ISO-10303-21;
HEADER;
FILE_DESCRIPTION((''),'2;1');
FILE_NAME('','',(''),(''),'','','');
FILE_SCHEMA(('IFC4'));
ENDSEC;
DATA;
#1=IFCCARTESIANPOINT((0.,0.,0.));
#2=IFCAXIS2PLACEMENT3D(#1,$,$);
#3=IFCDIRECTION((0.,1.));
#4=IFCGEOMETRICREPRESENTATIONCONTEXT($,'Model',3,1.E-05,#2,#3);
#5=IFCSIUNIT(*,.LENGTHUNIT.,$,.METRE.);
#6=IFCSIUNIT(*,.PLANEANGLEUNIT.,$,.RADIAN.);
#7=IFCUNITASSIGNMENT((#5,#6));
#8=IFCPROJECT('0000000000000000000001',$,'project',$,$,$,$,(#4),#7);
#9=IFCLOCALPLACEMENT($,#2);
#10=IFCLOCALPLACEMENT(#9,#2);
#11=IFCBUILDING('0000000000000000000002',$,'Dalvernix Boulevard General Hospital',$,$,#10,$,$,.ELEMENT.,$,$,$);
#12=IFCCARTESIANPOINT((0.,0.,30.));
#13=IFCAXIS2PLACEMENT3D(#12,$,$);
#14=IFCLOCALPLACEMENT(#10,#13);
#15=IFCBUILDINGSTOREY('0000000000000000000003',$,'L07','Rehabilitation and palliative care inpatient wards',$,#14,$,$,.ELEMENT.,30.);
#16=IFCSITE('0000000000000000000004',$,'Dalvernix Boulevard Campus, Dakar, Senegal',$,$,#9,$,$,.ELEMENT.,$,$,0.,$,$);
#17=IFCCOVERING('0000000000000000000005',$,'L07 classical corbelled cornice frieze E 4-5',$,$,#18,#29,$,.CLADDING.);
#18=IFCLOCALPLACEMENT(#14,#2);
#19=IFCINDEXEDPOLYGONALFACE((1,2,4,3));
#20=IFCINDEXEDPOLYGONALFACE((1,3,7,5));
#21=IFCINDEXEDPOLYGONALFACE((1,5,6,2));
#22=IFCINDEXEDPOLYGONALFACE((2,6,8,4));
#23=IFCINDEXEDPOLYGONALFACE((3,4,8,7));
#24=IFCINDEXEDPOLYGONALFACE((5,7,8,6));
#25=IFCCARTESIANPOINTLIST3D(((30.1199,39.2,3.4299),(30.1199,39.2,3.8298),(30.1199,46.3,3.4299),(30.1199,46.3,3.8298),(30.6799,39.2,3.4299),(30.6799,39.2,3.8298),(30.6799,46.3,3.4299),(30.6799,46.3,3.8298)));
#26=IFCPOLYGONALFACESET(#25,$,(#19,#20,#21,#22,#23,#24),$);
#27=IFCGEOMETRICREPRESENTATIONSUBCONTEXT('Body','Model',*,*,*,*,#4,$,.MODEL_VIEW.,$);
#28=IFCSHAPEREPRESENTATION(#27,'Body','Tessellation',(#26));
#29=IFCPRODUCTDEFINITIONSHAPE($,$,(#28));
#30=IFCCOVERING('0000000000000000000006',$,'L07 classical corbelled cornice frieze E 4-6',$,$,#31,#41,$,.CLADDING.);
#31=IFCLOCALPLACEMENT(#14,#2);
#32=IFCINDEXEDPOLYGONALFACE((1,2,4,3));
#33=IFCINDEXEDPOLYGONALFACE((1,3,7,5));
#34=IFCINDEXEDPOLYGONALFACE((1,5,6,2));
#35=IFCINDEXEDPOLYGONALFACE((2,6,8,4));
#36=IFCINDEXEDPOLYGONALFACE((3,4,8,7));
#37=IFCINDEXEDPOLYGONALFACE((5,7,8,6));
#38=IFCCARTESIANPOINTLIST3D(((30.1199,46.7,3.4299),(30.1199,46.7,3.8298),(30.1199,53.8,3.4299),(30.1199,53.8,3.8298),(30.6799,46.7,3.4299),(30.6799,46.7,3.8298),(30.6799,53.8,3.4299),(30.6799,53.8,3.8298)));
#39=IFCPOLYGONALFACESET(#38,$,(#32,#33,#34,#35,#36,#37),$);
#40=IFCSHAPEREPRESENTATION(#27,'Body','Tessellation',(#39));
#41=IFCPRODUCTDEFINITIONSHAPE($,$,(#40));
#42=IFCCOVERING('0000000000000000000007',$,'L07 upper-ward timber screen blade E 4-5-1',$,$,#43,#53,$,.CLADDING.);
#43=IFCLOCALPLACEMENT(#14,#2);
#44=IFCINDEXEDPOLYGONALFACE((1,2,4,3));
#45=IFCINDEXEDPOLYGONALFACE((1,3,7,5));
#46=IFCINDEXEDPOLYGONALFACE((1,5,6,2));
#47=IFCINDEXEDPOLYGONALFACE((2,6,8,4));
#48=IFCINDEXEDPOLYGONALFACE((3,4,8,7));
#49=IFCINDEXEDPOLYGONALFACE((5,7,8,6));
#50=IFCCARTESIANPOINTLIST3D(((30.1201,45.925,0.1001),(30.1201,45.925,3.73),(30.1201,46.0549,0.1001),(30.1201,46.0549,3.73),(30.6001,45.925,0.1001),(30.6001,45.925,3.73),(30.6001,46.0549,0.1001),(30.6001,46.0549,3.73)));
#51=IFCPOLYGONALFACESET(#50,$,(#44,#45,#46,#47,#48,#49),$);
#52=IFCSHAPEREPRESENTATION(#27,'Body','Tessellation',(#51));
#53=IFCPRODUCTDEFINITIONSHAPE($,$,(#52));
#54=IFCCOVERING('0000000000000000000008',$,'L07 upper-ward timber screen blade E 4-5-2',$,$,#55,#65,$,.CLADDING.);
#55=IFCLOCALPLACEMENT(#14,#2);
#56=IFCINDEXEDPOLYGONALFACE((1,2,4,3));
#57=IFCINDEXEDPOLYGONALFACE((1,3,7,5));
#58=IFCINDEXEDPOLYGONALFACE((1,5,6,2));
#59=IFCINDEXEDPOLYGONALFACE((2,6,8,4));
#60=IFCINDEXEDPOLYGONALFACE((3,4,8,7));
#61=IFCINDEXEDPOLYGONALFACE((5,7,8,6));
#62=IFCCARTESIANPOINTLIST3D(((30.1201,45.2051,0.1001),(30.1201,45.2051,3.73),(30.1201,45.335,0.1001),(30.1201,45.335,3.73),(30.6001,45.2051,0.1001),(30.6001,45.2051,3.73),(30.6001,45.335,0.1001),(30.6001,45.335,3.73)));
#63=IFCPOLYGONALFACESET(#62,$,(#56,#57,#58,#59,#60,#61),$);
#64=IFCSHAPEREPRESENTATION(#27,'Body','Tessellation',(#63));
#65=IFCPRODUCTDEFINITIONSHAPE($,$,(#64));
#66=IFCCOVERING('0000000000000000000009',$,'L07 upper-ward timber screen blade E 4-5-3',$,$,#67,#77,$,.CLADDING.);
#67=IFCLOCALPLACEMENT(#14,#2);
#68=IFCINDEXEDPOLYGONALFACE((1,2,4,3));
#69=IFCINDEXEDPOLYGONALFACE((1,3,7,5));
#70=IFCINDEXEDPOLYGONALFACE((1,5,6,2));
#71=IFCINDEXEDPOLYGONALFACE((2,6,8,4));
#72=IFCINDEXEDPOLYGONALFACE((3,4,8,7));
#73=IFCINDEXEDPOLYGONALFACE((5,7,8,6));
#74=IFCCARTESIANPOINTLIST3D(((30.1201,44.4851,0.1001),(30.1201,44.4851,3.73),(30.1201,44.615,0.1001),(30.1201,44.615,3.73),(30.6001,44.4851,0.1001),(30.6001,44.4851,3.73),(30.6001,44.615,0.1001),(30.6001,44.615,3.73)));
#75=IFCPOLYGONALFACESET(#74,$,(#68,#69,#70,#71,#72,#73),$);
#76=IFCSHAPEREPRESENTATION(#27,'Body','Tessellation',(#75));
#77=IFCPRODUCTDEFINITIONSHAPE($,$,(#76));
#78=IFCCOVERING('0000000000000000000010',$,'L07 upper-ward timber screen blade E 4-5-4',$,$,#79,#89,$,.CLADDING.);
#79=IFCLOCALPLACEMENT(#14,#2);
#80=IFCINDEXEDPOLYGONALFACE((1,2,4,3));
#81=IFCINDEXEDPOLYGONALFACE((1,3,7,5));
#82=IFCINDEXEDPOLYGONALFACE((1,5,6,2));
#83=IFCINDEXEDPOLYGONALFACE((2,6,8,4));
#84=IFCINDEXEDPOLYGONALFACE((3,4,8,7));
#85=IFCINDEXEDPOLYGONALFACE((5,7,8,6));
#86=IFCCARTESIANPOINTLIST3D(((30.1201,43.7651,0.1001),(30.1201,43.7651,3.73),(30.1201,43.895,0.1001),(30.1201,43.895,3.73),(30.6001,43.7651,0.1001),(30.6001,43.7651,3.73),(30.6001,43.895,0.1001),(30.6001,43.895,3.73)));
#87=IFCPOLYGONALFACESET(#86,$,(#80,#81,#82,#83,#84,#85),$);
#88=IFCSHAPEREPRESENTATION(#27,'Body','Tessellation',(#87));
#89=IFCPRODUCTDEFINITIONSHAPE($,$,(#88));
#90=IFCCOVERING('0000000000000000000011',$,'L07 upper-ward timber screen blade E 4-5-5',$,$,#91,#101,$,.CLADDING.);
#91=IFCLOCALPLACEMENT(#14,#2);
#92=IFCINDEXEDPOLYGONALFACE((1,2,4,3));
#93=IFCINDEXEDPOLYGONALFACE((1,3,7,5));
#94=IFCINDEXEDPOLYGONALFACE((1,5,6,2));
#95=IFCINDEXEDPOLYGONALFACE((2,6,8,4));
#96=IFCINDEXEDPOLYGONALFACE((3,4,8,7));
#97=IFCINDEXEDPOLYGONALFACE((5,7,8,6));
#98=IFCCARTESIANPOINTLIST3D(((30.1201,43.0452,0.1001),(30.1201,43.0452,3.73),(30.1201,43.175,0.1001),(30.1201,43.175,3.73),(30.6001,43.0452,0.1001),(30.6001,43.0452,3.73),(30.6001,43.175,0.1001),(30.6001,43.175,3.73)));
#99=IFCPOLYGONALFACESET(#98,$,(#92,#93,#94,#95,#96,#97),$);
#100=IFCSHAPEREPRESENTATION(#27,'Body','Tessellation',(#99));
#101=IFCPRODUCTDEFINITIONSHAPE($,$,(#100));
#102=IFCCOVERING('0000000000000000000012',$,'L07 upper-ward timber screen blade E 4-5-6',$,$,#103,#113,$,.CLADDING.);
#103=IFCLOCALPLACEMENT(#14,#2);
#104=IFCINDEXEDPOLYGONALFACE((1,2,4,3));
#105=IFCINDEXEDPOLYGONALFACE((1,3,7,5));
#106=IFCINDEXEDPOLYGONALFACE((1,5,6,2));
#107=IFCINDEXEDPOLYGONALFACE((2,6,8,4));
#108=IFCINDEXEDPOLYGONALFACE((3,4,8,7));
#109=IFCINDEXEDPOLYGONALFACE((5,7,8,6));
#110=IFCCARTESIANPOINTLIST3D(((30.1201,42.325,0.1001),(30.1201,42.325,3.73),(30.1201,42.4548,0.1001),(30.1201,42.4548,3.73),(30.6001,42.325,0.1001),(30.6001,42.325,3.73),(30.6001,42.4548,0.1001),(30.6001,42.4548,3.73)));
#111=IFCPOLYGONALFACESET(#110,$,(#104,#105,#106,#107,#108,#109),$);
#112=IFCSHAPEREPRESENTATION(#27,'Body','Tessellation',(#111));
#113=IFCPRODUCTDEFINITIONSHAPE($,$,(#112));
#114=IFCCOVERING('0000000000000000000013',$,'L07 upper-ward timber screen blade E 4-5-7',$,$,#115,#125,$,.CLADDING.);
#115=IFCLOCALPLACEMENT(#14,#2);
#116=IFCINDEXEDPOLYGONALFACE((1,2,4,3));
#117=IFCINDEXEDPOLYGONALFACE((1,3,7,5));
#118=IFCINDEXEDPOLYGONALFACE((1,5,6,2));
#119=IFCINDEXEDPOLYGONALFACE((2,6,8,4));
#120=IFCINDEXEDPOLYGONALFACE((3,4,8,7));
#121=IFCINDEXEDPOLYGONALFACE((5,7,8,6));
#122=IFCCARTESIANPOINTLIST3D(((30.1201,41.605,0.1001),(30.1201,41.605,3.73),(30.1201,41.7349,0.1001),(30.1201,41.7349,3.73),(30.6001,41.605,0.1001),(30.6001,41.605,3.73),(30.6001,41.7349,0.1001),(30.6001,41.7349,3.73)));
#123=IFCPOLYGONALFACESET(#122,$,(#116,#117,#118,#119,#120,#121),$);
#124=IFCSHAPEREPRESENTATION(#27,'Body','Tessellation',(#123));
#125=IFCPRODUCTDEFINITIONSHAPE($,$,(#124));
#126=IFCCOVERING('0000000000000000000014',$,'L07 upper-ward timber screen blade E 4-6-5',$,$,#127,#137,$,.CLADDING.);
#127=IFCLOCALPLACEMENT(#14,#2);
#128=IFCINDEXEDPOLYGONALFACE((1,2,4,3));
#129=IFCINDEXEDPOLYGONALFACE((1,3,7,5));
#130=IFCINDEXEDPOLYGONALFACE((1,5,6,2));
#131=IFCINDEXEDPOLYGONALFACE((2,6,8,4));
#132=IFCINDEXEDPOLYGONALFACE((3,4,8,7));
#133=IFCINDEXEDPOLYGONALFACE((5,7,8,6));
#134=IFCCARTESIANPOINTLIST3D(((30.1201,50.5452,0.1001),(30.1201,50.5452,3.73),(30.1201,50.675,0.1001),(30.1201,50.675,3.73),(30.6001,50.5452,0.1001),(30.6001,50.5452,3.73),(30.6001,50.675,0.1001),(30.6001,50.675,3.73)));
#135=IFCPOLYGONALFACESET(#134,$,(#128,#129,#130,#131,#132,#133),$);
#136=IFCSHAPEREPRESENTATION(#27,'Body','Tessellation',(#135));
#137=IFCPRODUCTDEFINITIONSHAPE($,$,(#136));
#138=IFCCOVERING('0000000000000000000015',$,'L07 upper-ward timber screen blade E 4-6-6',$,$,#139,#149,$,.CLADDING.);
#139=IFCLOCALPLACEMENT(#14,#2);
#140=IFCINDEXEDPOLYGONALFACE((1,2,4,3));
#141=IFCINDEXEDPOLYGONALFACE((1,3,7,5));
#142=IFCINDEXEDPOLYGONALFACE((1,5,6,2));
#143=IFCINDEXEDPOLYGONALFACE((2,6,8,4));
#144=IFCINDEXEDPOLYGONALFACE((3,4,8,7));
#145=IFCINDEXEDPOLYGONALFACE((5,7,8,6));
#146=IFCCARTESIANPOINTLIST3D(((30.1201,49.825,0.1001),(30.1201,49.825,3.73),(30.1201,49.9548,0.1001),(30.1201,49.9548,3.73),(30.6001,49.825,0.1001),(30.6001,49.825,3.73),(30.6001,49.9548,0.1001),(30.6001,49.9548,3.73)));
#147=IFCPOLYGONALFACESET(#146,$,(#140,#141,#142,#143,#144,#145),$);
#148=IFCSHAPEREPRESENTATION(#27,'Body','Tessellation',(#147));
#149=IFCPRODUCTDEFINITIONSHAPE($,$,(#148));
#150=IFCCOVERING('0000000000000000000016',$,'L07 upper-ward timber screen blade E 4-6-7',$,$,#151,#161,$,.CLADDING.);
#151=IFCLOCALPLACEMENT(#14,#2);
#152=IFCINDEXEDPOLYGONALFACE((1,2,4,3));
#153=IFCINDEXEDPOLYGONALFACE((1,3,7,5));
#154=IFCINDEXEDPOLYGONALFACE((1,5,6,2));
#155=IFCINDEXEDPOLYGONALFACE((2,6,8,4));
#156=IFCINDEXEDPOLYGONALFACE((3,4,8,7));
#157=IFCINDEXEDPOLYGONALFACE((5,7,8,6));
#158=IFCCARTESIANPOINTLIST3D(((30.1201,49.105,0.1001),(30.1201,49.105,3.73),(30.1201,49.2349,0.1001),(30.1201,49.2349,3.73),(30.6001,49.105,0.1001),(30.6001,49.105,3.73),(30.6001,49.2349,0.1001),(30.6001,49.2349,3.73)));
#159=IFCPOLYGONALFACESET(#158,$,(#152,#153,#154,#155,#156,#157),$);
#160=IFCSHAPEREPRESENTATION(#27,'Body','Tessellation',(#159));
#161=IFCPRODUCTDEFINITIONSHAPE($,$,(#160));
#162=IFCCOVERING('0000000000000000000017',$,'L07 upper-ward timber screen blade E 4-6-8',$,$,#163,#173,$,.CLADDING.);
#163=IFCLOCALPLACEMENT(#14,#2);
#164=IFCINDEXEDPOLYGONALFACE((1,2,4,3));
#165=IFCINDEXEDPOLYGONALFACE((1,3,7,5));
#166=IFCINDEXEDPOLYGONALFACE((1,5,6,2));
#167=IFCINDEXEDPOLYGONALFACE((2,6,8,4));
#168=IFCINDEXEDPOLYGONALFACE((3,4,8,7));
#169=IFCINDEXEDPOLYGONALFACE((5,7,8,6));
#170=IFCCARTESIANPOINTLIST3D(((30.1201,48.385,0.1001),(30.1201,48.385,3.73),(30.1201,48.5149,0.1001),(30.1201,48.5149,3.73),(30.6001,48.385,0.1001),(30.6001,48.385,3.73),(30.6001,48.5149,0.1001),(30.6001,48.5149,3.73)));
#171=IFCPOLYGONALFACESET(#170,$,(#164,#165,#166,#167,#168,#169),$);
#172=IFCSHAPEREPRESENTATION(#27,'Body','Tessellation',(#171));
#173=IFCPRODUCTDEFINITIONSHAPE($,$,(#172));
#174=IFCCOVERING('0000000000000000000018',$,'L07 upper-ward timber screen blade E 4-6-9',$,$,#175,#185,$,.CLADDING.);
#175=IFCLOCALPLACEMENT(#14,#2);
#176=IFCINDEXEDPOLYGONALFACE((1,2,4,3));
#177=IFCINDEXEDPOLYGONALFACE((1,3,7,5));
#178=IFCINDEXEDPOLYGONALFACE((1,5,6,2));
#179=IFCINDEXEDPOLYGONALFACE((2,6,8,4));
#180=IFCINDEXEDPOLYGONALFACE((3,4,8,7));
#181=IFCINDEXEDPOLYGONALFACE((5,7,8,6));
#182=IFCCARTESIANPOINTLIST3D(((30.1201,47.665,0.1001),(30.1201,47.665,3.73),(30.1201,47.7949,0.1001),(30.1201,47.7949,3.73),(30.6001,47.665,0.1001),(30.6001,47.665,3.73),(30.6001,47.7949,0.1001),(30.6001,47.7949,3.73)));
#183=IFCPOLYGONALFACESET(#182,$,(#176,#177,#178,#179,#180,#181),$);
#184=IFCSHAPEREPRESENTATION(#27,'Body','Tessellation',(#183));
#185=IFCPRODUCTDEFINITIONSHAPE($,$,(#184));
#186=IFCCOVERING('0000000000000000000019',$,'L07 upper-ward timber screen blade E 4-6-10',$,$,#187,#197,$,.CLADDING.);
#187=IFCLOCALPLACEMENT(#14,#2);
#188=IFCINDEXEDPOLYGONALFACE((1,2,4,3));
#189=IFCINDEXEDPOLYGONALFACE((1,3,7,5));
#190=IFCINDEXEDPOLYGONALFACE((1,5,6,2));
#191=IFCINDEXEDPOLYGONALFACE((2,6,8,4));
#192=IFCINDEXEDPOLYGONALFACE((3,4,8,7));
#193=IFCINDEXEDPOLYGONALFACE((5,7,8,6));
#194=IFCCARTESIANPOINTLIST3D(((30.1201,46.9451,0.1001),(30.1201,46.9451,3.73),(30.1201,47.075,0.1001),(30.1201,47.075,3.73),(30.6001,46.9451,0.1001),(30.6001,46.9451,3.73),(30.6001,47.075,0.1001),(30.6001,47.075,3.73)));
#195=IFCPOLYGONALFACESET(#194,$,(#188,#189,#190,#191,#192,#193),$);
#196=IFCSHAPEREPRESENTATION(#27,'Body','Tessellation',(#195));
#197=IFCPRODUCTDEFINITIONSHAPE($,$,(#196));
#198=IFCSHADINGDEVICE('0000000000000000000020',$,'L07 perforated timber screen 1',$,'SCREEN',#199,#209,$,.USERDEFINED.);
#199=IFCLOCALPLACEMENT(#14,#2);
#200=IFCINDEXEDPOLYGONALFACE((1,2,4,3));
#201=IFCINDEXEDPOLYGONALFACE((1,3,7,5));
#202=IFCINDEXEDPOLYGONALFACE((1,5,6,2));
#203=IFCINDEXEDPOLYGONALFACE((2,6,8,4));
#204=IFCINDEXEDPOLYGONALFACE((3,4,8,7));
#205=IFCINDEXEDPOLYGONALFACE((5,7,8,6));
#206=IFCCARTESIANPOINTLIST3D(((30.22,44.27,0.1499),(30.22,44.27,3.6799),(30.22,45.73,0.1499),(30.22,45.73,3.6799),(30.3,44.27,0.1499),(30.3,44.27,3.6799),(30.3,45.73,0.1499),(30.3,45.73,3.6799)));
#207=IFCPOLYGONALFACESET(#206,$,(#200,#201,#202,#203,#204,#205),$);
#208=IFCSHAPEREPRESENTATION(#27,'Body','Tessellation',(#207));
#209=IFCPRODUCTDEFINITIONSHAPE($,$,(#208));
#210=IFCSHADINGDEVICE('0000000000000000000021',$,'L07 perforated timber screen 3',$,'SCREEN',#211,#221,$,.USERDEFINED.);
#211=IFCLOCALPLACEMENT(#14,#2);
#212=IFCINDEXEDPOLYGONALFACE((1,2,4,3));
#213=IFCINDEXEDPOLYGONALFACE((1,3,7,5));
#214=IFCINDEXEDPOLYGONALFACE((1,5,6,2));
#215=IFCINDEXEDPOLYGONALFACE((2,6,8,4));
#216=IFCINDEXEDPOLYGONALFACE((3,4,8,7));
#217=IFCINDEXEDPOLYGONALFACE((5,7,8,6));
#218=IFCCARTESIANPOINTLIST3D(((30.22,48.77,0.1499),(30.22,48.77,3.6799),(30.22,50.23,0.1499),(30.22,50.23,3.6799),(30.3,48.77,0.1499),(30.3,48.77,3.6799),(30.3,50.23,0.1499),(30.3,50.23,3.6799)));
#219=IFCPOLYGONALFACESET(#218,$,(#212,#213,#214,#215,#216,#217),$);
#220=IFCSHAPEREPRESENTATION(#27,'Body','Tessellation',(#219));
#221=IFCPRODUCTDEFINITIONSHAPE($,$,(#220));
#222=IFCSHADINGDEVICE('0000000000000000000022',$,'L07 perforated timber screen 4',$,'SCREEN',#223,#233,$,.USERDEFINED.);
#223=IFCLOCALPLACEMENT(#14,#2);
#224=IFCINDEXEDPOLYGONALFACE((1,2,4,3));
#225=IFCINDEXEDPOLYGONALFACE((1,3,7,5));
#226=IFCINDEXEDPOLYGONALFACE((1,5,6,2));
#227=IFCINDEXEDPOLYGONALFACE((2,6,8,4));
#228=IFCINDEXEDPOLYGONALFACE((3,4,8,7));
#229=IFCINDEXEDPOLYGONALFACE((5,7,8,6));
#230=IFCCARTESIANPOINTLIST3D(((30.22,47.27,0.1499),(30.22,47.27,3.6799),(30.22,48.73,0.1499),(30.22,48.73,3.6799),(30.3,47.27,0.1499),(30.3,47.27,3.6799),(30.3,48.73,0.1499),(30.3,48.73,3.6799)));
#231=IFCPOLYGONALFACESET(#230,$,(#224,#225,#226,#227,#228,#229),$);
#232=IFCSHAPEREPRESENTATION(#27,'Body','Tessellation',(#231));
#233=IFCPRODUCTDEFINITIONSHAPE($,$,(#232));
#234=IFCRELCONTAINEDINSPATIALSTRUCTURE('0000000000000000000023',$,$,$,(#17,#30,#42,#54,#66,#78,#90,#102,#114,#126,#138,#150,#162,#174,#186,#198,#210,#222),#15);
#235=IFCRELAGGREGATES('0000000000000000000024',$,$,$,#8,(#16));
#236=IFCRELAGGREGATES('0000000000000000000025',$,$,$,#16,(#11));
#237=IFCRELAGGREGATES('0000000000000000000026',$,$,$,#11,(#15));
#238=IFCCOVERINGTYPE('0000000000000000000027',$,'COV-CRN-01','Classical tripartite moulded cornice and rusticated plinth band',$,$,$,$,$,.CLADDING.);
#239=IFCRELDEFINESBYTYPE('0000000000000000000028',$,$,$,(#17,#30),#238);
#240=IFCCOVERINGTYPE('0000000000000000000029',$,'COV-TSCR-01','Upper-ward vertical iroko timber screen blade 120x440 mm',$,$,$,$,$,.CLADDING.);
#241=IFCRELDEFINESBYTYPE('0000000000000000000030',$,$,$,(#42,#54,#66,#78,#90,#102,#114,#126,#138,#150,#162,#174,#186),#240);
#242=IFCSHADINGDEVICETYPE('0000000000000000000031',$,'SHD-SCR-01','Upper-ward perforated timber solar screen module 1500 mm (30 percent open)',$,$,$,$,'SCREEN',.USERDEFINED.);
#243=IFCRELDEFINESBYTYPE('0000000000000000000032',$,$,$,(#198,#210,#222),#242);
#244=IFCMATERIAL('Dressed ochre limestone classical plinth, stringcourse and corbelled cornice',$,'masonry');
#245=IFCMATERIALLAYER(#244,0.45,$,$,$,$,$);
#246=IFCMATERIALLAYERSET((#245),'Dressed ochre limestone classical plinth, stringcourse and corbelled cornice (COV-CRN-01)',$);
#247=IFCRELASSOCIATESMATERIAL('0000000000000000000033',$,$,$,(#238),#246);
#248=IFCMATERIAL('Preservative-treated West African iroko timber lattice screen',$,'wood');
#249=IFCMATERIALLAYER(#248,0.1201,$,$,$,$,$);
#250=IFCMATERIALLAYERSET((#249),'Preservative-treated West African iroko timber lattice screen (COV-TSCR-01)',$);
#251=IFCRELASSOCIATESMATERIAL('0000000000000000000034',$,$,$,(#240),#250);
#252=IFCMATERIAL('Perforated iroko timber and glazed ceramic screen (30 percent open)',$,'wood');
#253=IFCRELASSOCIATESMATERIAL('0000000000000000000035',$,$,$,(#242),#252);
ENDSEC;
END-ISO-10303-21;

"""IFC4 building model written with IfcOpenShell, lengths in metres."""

from ifc_helpers import new_model, si_unit, direction, frame, origin, origin_2d, place, context, subcontext, project, spatial, rectangle, extrude, material, layer, layer_set, type_object, element, save


model = new_model("IFC4")

# Units and contexts
model_context = context("Model", 3, precision=1e-05, world=origin(), true_north=direction((0.0, 1.0)))
body_context = subcontext(model_context, "Body", "Model", "MODEL_VIEW")
ifc_project = project(units=[si_unit("LENGTHUNIT", "METRE"), si_unit("PLANEANGLEUNIT", "RADIAN")], contexts=[model_context])

# Site, building, storey
site_placement = place(None, origin())
site = spatial("IfcSite", under=ifc_project, at=site_placement, Name="Dalvernix Boulevard Campus, Dakar, Senegal", CompositionType="ELEMENT", RefElevation=0.0)
building_placement = place(site_placement, origin())
building = spatial("IfcBuilding", under=site, at=building_placement, Name="Dalvernix Boulevard General Hospital", CompositionType="ELEMENT")
storey_placement = place(building_placement, frame((0.0, 0.0, 30.0)))
storey = spatial("IfcBuildingStorey", under=building, at=storey_placement, Name="L07", Description="Rehabilitation and palliative care inpatient wards", CompositionType="ELEMENT", Elevation=30.0)

# Coverings
ifc_material_1 = material(Name="Dressed ochre limestone classical plinth, stringcourse and corbelled cornice", Category="masonry")
ifc_layer_1 = layer(ifc_material_1, 0.45)
ifc_layer_set_1 = layer_set([ifc_layer_1], Name="Dressed ochre limestone classical plinth, stringcourse and corbelled cornice (COV-CRN-01)")
covering_type_1 = type_object("IfcCoveringType", Name="COV-CRN-01", Description="Classical tripartite moulded cornice and rusticated plinth band", PredefinedType="CLADDING", material=ifc_layer_set_1)
for number, where, z_axis, x_axis, name in (
    (1, (30.3999, 42.75, 3.4299), (0.0, 0.0, 1.0), (0.0, -1.0, 0.0), "L07 classical corbelled cornice frieze E 4-5"),
    (2, (30.3999, 50.25, 3.4299), (0.0, 0.0, 1.0), (0.0, -1.0, 0.0), "L07 classical corbelled cornice frieze E 4-6"),
):
    element("IfcCovering", number, at=place(storey_placement, frame(where, z_axis=z_axis, x_axis=x_axis)), inside=storey, type_object=covering_type_1, Name=name, PredefinedType="CLADDING", context=body_context, shape_type="SweptSolid", body=[
        extrude(rectangle(XDim=7.1001, YDim=0.5601, at=origin_2d()), origin(), (0.0, 0.0, 1.0), 0.3999),
    ])
ifc_material_2 = material(Name="Preservative-treated West African iroko timber lattice screen", Category="wood")
ifc_layer_2 = layer(ifc_material_2, 0.1201)
ifc_layer_set_2 = layer_set([ifc_layer_2], Name="Preservative-treated West African iroko timber lattice screen (COV-TSCR-01)")
covering_type_2 = type_object("IfcCoveringType", Name="COV-TSCR-01", Description="Upper-ward vertical iroko timber screen blade 120x440 mm", PredefinedType="CLADDING", material=ifc_layer_set_2)
for number, where, z_axis, x_axis, name in (
    (3, (30.3601, 45.99, 0.1001), (0.0, 0.0, 1.0), (0.0, -1.0, 0.0), "L07 upper-ward timber screen blade E 4-5-1"),
    (4, (30.3601, 45.27, 0.1001), (0.0, 0.0, 1.0), (0.0, -1.0, 0.0), "L07 upper-ward timber screen blade E 4-5-2"),
    (5, (30.3601, 44.55, 0.1001), (0.0, 0.0, 1.0), (0.0, -1.0, 0.0), "L07 upper-ward timber screen blade E 4-5-3"),
    (6, (30.3601, 43.8301, 0.1001), (0.0, 0.0, 1.0), (0.0, -1.0, 0.0), "L07 upper-ward timber screen blade E 4-5-4"),
    (7, (30.3601, 43.1101, 0.1001), (0.0, 0.0, 1.0), (0.0, -1.0, 0.0), "L07 upper-ward timber screen blade E 4-5-5"),
    (8, (30.3601, 42.3899, 0.1001), (0.0, 0.0, 1.0), (0.0, -1.0, 0.0), "L07 upper-ward timber screen blade E 4-5-6"),
    (9, (30.3601, 41.6699, 0.1001), (0.0, 0.0, 1.0), (0.0, -1.0, 0.0), "L07 upper-ward timber screen blade E 4-5-7"),
    (10, (30.3601, 50.6101, 0.1001), (0.0, 0.0, 1.0), (0.0, -1.0, 0.0), "L07 upper-ward timber screen blade E 4-6-5"),
    (11, (30.3601, 49.8899, 0.1001), (0.0, 0.0, 1.0), (0.0, -1.0, 0.0), "L07 upper-ward timber screen blade E 4-6-6"),
    (12, (30.3601, 49.1699, 0.1001), (0.0, 0.0, 1.0), (0.0, -1.0, 0.0), "L07 upper-ward timber screen blade E 4-6-7"),
    (13, (30.3601, 48.45, 0.1001), (0.0, 0.0, 1.0), (0.0, -1.0, 0.0), "L07 upper-ward timber screen blade E 4-6-8"),
    (14, (30.3601, 47.73, 0.1001), (0.0, 0.0, 1.0), (0.0, -1.0, 0.0), "L07 upper-ward timber screen blade E 4-6-9"),
    (15, (30.3601, 47.01, 0.1001), (0.0, 0.0, 1.0), (0.0, -1.0, 0.0), "L07 upper-ward timber screen blade E 4-6-10"),
):
    element("IfcCovering", number, at=place(storey_placement, frame(where, z_axis=z_axis, x_axis=x_axis)), inside=storey, type_object=covering_type_2, Name=name, PredefinedType="CLADDING", context=body_context, shape_type="SweptSolid", body=[
        extrude(rectangle(XDim=0.1299, YDim=0.48, at=origin_2d()), origin(), (0.0, 0.0, 1.0), 3.6299),
    ])

# Shading devices
ifc_material_3 = material(Name="Perforated iroko timber and glazed ceramic screen (30 percent open)", Category="wood")
shading_device_type = type_object("IfcShadingDeviceType", Name="SHD-SCR-01", Description="Upper-ward perforated timber solar screen module 1500 mm (30 percent open)", ElementType="SCREEN", PredefinedType="USERDEFINED", material=ifc_material_3)
for number, where, z_axis, x_axis, name in (
    (16, (30.26, 45.0, 0.1499), (0.0, 0.0, 1.0), (0.0, -1.0, 0.0), "L07 perforated timber screen 1"),
    (17, (30.26, 49.5, 0.1499), (0.0, 0.0, 1.0), (0.0, -1.0, 0.0), "L07 perforated timber screen 3"),
    (18, (30.26, 48.0, 0.1499), (0.0, 0.0, 1.0), (0.0, -1.0, 0.0), "L07 perforated timber screen 4"),
):
    element("IfcShadingDevice", number, at=place(storey_placement, frame(where, z_axis=z_axis, x_axis=x_axis)), inside=storey, type_object=shading_device_type, Name=name, ObjectType="SCREEN", PredefinedType="USERDEFINED", context=body_context, shape_type="SweptSolid", body=[
        extrude(rectangle(XDim=1.46, YDim=0.0801, at=origin_2d()), origin(), (0.0, 0.0, 1.0), 3.53),
    ])

save(model, "model.ifc")
